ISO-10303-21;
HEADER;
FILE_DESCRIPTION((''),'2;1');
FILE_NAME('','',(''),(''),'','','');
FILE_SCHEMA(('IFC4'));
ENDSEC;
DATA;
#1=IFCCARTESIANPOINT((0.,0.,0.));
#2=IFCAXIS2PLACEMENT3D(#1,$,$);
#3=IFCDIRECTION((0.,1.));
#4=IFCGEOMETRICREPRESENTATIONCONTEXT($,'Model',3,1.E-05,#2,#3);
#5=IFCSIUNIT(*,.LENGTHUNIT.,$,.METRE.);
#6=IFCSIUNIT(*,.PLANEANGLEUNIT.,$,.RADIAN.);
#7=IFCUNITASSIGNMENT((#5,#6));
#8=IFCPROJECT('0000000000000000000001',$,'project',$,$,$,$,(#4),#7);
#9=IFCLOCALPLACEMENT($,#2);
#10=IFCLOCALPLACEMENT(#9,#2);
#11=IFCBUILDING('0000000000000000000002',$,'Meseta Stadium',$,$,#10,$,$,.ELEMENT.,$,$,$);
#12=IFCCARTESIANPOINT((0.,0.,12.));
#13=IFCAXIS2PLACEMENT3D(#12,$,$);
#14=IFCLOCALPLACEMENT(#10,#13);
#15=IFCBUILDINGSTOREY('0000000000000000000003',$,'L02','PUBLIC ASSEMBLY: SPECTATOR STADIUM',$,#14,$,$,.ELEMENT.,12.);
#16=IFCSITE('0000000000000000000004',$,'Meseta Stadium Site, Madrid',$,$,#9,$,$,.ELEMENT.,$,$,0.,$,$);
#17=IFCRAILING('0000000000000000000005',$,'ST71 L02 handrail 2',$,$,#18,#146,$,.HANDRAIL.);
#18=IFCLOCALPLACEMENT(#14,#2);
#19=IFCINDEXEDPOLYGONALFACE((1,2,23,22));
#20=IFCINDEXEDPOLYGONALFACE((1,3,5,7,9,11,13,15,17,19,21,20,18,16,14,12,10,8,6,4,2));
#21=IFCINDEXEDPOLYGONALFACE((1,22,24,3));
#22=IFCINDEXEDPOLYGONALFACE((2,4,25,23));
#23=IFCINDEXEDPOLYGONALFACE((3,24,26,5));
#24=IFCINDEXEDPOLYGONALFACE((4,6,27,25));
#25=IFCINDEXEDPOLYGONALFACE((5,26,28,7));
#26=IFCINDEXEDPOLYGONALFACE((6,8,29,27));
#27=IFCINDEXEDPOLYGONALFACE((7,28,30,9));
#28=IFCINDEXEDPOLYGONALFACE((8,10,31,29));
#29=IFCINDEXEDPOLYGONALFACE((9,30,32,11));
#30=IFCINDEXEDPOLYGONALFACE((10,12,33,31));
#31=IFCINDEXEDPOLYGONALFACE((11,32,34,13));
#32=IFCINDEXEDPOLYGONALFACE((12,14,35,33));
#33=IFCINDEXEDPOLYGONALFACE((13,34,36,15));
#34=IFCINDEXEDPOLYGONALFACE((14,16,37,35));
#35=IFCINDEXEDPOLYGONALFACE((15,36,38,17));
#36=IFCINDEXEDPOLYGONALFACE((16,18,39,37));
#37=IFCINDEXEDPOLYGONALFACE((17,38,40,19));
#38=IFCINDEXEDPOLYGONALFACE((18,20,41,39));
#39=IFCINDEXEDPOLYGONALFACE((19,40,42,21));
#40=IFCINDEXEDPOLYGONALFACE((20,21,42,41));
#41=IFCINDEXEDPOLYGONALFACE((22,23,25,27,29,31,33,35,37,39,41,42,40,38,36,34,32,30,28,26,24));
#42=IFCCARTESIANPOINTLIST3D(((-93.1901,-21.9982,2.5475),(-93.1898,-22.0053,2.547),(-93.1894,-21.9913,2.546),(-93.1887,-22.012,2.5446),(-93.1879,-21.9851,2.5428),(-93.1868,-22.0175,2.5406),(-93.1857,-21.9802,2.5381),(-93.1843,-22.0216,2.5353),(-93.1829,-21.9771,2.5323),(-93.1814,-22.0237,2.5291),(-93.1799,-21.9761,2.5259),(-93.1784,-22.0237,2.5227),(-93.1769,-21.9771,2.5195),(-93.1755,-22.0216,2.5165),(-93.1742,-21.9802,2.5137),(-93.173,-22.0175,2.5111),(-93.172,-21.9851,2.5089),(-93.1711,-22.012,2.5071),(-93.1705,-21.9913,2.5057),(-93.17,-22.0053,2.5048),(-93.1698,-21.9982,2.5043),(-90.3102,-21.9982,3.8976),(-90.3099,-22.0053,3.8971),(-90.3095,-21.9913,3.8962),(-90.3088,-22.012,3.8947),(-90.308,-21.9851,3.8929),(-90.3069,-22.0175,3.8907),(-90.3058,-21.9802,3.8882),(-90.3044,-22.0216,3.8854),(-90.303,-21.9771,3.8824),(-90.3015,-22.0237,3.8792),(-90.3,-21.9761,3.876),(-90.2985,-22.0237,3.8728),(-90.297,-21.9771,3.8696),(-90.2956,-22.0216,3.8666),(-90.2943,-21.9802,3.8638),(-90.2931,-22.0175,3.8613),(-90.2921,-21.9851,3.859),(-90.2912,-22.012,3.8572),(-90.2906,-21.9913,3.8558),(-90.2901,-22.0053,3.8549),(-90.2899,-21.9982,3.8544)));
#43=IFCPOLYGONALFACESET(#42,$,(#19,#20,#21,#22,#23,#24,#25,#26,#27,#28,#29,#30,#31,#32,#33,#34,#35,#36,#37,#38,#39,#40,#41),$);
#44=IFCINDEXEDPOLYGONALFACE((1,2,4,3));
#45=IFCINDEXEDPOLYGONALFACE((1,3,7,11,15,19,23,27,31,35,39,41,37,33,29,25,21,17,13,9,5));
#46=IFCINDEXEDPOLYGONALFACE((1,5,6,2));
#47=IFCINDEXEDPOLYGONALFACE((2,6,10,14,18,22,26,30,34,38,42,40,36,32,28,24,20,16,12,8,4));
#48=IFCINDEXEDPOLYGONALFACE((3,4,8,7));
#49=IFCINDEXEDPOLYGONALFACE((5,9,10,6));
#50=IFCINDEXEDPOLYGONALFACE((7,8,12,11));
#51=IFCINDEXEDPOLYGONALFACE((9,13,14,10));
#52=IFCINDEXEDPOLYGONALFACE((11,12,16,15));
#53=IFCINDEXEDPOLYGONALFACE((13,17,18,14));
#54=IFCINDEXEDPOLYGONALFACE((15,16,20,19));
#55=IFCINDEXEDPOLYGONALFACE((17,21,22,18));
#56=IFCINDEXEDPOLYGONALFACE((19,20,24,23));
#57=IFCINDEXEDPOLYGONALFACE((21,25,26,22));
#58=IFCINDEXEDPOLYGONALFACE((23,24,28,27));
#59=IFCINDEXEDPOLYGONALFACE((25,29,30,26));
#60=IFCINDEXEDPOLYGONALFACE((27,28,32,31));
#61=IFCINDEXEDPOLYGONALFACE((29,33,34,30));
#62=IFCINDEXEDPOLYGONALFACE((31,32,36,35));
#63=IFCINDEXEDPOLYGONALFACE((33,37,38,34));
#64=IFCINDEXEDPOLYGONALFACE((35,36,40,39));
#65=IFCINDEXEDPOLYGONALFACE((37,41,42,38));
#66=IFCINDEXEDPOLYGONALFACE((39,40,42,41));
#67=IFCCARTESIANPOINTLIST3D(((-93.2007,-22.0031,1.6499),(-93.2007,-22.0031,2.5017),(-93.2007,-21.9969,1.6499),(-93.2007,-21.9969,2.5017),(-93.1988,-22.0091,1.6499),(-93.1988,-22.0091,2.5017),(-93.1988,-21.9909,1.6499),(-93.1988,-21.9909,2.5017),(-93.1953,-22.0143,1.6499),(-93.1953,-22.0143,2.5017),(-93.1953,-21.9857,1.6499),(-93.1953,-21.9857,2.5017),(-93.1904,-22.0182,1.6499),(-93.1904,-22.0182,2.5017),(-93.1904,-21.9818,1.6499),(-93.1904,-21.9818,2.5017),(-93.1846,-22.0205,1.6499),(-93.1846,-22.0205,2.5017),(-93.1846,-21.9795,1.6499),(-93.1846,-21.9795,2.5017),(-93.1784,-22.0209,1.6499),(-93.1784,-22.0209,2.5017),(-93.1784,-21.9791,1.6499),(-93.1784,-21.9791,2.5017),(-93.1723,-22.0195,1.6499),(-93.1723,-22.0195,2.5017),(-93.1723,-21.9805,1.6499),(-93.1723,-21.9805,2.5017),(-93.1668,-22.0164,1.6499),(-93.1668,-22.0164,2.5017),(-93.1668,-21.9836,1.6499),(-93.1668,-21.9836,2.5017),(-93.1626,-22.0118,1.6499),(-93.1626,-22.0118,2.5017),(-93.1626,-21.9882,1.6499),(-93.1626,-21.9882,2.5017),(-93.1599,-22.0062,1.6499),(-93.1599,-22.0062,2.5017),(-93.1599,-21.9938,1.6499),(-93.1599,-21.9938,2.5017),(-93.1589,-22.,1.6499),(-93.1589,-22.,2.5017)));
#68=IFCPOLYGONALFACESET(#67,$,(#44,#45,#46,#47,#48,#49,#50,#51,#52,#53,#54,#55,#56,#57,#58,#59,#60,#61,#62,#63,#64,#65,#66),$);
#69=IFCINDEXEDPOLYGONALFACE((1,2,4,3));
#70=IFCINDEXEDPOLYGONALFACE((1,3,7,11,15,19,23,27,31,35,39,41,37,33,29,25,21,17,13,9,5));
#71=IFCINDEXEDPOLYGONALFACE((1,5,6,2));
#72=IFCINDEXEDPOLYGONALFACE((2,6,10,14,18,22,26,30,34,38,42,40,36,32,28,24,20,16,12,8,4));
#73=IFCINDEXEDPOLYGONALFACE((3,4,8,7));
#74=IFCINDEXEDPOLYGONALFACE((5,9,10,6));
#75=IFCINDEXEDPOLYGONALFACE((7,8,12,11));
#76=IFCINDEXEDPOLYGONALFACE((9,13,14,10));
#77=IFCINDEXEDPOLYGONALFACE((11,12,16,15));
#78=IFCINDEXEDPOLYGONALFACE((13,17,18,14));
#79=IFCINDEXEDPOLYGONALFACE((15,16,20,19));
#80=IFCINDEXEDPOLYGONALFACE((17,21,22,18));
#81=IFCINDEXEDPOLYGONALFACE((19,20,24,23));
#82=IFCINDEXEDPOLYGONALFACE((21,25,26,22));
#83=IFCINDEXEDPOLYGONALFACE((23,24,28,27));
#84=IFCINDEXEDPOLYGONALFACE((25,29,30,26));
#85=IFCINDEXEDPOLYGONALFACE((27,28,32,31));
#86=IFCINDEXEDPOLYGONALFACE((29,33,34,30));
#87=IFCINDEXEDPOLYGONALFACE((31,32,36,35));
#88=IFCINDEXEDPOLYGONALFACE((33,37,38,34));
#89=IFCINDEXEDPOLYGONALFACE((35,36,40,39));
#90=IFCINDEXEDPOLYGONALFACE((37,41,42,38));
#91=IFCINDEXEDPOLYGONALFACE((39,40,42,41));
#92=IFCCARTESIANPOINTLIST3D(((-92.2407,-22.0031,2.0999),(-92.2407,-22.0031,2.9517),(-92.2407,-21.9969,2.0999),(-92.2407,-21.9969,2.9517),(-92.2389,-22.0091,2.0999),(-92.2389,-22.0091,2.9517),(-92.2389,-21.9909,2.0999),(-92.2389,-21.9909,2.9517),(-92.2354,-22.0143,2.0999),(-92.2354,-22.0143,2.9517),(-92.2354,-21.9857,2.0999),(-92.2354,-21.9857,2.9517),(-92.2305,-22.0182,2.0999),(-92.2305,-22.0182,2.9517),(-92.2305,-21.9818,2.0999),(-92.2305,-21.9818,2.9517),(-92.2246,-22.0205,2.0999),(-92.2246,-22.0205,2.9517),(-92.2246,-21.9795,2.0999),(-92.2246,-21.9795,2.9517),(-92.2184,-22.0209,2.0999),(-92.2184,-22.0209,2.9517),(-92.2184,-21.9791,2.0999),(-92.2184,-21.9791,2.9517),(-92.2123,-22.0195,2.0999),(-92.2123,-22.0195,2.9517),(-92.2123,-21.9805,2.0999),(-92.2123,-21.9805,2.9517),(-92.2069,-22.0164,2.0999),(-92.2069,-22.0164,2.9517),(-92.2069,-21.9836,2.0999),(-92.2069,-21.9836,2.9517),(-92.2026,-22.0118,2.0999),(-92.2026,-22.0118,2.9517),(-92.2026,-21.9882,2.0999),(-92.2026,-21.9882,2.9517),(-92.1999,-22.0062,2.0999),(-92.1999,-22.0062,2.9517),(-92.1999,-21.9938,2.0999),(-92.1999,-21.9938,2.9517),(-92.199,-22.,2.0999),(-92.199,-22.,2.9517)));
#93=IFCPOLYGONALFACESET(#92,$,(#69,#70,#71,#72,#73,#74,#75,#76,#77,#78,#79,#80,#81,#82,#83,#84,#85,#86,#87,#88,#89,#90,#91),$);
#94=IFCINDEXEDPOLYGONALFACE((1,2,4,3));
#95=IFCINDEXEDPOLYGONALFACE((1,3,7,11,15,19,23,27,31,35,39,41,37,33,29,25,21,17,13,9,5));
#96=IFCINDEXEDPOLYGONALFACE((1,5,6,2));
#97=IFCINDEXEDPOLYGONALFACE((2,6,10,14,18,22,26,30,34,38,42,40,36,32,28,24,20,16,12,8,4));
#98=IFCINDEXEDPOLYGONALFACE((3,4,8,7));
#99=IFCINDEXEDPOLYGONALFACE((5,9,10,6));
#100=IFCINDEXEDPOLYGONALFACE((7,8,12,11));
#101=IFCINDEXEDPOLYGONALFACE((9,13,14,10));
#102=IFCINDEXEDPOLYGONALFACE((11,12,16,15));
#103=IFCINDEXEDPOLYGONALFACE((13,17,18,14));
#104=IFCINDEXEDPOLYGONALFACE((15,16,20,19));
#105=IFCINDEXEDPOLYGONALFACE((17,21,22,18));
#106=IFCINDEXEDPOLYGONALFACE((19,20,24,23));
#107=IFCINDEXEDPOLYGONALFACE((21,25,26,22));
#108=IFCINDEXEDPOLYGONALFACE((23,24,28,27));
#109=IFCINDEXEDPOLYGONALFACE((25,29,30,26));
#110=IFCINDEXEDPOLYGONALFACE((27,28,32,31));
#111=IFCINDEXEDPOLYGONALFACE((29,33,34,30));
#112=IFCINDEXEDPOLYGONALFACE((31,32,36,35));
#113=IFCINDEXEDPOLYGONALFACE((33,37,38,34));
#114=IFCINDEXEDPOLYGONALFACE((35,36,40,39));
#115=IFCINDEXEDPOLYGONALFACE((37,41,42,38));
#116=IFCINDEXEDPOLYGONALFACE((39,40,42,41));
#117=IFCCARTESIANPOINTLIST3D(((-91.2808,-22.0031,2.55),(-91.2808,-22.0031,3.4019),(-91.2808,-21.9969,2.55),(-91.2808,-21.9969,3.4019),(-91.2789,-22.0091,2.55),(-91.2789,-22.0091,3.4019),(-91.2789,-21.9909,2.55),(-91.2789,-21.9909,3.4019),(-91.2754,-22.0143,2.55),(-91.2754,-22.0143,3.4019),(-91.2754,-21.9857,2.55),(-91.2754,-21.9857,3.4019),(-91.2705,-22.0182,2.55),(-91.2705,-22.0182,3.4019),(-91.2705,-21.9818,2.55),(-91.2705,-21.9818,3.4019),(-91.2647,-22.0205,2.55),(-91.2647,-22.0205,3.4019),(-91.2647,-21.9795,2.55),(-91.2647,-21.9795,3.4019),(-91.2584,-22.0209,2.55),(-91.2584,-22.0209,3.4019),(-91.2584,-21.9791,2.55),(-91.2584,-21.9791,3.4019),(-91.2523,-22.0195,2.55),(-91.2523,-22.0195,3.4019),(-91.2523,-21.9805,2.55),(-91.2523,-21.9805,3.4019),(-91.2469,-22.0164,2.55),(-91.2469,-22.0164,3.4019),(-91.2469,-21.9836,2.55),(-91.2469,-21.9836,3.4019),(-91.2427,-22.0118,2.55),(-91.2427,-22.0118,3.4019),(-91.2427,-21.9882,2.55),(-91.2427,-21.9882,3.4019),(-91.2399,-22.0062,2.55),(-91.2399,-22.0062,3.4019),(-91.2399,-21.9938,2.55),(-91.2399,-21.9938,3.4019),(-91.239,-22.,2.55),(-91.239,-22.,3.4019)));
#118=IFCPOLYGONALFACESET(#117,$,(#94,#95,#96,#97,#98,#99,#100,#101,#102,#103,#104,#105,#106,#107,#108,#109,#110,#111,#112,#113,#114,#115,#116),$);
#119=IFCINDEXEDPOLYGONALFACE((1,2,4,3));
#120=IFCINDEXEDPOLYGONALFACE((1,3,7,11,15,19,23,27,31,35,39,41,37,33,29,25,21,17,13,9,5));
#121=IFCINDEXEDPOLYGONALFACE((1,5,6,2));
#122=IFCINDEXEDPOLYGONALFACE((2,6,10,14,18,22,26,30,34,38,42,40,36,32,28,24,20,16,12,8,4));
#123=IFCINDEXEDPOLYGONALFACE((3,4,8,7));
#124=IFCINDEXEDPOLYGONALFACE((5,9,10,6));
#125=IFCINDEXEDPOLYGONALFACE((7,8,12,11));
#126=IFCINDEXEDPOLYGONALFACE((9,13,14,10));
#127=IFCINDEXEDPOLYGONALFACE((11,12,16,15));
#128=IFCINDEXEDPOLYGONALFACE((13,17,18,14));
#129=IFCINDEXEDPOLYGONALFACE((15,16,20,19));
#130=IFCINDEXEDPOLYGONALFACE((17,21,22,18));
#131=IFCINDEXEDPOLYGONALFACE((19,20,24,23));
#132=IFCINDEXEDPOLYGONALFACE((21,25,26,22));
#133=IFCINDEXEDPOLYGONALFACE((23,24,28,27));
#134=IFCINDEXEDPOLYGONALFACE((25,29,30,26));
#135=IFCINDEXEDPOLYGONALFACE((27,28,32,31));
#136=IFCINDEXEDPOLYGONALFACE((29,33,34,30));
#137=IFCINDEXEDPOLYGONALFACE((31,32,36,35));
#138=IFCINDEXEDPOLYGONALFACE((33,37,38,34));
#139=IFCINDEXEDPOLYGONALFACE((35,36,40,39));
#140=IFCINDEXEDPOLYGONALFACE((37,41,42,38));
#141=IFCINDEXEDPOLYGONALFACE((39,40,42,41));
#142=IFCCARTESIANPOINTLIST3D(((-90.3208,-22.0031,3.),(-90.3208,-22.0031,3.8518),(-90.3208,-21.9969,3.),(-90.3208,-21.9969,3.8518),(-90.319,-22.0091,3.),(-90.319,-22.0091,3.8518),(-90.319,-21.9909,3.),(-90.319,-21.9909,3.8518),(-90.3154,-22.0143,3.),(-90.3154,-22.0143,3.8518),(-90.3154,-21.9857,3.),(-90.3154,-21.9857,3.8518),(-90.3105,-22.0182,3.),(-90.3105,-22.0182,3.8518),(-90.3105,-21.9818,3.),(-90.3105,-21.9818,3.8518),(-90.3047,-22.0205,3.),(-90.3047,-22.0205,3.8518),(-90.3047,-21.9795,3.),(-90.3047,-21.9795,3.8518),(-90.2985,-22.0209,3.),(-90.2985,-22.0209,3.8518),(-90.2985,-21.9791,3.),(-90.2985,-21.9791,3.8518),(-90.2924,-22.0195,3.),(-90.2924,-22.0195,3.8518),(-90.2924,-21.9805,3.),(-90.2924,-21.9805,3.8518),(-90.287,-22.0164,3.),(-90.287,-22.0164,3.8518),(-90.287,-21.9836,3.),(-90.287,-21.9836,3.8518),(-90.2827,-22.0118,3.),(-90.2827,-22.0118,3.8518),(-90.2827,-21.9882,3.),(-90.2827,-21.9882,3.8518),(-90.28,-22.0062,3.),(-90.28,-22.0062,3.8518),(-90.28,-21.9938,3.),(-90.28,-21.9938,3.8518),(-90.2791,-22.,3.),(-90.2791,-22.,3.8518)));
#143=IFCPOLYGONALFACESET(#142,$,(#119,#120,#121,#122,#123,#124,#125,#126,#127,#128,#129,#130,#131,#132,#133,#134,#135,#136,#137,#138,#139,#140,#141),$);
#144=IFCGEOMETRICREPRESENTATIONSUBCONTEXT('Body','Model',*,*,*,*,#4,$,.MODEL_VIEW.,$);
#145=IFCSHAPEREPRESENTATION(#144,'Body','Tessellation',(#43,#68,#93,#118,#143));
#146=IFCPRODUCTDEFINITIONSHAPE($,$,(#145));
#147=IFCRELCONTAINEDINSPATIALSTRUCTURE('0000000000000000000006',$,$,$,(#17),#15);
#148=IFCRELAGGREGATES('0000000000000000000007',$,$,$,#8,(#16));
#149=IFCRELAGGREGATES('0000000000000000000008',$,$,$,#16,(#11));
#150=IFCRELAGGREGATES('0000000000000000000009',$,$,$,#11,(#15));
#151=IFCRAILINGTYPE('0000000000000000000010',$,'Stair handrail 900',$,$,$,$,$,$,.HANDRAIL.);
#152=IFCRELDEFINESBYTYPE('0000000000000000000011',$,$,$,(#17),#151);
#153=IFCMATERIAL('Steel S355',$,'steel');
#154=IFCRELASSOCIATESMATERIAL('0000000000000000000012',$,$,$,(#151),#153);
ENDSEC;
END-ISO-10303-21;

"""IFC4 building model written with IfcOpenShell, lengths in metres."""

from ifc_helpers import new_model, si_unit, direction, frame, origin, origin_2d, place, context, subcontext, project, spatial, circle, extrude, material, type_object, element, save


model = new_model("IFC4")

# Units and contexts
model_context = context("Model", 3, precision=1e-05, world=origin(), true_north=direction((0.0, 1.0)))
body_context = subcontext(model_context, "Body", "Model", "MODEL_VIEW")
ifc_project = project(units=[si_unit("LENGTHUNIT", "METRE"), si_unit("PLANEANGLEUNIT", "RADIAN")], contexts=[model_context])

# Site, building, storey
site_placement = place(None, origin())
site = spatial("IfcSite", under=ifc_project, at=site_placement, Name="Meseta Stadium Site, Madrid", CompositionType="ELEMENT", RefElevation=0.0)
building_placement = place(site_placement, origin())
building = spatial("IfcBuilding", under=site, at=building_placement, Name="Meseta Stadium", CompositionType="ELEMENT")
storey_placement = place(building_placement, frame((0.0, 0.0, 12.0)))
storey = spatial("IfcBuildingStorey", under=building, at=storey_placement, Name="L02", Description="PUBLIC ASSEMBLY: SPECTATOR STADIUM", CompositionType="ELEMENT", Elevation=12.0)

# Railing
ifc_material_1 = material(Name="Steel S355", Category="steel")
railing_type_1 = type_object("IfcRailingType", Name="Stair handrail 900", PredefinedType="HANDRAIL", material=ifc_material_1)
for number, where, name in (
    (1, (-93.1799, -22.0, 1.6499), "ST71 L02 handrail 2"),
):
    element("IfcRailing", number, at=place(storey_placement, frame(where)), inside=storey, type_object=railing_type_1, Name=name, PredefinedType="HANDRAIL", context=body_context, shape_type="SweptSolid", body=[
        extrude(circle(Radius=0.0239, at=origin_2d()), frame((0.0, 0.0, 0.876), z_axis=(0.90544, 0.0, 0.424473), x_axis=(0.0, 1.0, 0.0)), (0.0, 0.0, 1.0), 3.1807),
        extrude(circle(Radius=0.021, at=origin_2d()), origin(), (0.0, 0.0, 1.0), 0.8518),
        extrude(circle(Radius=0.021, at=origin_2d()), frame((0.96, 0.0, 0.45)), (0.0, 0.0, 1.0), 0.8518),
        extrude(circle(Radius=0.021, at=origin_2d()), frame((1.9199, 0.0, 0.9001)), (0.0, 0.0, 1.0), 0.8518),
        extrude(circle(Radius=0.021, at=origin_2d()), frame((2.8799, 0.0, 1.3501)), (0.0, 0.0, 1.0), 0.8518),
    ])

save(model, "model.ifc")
